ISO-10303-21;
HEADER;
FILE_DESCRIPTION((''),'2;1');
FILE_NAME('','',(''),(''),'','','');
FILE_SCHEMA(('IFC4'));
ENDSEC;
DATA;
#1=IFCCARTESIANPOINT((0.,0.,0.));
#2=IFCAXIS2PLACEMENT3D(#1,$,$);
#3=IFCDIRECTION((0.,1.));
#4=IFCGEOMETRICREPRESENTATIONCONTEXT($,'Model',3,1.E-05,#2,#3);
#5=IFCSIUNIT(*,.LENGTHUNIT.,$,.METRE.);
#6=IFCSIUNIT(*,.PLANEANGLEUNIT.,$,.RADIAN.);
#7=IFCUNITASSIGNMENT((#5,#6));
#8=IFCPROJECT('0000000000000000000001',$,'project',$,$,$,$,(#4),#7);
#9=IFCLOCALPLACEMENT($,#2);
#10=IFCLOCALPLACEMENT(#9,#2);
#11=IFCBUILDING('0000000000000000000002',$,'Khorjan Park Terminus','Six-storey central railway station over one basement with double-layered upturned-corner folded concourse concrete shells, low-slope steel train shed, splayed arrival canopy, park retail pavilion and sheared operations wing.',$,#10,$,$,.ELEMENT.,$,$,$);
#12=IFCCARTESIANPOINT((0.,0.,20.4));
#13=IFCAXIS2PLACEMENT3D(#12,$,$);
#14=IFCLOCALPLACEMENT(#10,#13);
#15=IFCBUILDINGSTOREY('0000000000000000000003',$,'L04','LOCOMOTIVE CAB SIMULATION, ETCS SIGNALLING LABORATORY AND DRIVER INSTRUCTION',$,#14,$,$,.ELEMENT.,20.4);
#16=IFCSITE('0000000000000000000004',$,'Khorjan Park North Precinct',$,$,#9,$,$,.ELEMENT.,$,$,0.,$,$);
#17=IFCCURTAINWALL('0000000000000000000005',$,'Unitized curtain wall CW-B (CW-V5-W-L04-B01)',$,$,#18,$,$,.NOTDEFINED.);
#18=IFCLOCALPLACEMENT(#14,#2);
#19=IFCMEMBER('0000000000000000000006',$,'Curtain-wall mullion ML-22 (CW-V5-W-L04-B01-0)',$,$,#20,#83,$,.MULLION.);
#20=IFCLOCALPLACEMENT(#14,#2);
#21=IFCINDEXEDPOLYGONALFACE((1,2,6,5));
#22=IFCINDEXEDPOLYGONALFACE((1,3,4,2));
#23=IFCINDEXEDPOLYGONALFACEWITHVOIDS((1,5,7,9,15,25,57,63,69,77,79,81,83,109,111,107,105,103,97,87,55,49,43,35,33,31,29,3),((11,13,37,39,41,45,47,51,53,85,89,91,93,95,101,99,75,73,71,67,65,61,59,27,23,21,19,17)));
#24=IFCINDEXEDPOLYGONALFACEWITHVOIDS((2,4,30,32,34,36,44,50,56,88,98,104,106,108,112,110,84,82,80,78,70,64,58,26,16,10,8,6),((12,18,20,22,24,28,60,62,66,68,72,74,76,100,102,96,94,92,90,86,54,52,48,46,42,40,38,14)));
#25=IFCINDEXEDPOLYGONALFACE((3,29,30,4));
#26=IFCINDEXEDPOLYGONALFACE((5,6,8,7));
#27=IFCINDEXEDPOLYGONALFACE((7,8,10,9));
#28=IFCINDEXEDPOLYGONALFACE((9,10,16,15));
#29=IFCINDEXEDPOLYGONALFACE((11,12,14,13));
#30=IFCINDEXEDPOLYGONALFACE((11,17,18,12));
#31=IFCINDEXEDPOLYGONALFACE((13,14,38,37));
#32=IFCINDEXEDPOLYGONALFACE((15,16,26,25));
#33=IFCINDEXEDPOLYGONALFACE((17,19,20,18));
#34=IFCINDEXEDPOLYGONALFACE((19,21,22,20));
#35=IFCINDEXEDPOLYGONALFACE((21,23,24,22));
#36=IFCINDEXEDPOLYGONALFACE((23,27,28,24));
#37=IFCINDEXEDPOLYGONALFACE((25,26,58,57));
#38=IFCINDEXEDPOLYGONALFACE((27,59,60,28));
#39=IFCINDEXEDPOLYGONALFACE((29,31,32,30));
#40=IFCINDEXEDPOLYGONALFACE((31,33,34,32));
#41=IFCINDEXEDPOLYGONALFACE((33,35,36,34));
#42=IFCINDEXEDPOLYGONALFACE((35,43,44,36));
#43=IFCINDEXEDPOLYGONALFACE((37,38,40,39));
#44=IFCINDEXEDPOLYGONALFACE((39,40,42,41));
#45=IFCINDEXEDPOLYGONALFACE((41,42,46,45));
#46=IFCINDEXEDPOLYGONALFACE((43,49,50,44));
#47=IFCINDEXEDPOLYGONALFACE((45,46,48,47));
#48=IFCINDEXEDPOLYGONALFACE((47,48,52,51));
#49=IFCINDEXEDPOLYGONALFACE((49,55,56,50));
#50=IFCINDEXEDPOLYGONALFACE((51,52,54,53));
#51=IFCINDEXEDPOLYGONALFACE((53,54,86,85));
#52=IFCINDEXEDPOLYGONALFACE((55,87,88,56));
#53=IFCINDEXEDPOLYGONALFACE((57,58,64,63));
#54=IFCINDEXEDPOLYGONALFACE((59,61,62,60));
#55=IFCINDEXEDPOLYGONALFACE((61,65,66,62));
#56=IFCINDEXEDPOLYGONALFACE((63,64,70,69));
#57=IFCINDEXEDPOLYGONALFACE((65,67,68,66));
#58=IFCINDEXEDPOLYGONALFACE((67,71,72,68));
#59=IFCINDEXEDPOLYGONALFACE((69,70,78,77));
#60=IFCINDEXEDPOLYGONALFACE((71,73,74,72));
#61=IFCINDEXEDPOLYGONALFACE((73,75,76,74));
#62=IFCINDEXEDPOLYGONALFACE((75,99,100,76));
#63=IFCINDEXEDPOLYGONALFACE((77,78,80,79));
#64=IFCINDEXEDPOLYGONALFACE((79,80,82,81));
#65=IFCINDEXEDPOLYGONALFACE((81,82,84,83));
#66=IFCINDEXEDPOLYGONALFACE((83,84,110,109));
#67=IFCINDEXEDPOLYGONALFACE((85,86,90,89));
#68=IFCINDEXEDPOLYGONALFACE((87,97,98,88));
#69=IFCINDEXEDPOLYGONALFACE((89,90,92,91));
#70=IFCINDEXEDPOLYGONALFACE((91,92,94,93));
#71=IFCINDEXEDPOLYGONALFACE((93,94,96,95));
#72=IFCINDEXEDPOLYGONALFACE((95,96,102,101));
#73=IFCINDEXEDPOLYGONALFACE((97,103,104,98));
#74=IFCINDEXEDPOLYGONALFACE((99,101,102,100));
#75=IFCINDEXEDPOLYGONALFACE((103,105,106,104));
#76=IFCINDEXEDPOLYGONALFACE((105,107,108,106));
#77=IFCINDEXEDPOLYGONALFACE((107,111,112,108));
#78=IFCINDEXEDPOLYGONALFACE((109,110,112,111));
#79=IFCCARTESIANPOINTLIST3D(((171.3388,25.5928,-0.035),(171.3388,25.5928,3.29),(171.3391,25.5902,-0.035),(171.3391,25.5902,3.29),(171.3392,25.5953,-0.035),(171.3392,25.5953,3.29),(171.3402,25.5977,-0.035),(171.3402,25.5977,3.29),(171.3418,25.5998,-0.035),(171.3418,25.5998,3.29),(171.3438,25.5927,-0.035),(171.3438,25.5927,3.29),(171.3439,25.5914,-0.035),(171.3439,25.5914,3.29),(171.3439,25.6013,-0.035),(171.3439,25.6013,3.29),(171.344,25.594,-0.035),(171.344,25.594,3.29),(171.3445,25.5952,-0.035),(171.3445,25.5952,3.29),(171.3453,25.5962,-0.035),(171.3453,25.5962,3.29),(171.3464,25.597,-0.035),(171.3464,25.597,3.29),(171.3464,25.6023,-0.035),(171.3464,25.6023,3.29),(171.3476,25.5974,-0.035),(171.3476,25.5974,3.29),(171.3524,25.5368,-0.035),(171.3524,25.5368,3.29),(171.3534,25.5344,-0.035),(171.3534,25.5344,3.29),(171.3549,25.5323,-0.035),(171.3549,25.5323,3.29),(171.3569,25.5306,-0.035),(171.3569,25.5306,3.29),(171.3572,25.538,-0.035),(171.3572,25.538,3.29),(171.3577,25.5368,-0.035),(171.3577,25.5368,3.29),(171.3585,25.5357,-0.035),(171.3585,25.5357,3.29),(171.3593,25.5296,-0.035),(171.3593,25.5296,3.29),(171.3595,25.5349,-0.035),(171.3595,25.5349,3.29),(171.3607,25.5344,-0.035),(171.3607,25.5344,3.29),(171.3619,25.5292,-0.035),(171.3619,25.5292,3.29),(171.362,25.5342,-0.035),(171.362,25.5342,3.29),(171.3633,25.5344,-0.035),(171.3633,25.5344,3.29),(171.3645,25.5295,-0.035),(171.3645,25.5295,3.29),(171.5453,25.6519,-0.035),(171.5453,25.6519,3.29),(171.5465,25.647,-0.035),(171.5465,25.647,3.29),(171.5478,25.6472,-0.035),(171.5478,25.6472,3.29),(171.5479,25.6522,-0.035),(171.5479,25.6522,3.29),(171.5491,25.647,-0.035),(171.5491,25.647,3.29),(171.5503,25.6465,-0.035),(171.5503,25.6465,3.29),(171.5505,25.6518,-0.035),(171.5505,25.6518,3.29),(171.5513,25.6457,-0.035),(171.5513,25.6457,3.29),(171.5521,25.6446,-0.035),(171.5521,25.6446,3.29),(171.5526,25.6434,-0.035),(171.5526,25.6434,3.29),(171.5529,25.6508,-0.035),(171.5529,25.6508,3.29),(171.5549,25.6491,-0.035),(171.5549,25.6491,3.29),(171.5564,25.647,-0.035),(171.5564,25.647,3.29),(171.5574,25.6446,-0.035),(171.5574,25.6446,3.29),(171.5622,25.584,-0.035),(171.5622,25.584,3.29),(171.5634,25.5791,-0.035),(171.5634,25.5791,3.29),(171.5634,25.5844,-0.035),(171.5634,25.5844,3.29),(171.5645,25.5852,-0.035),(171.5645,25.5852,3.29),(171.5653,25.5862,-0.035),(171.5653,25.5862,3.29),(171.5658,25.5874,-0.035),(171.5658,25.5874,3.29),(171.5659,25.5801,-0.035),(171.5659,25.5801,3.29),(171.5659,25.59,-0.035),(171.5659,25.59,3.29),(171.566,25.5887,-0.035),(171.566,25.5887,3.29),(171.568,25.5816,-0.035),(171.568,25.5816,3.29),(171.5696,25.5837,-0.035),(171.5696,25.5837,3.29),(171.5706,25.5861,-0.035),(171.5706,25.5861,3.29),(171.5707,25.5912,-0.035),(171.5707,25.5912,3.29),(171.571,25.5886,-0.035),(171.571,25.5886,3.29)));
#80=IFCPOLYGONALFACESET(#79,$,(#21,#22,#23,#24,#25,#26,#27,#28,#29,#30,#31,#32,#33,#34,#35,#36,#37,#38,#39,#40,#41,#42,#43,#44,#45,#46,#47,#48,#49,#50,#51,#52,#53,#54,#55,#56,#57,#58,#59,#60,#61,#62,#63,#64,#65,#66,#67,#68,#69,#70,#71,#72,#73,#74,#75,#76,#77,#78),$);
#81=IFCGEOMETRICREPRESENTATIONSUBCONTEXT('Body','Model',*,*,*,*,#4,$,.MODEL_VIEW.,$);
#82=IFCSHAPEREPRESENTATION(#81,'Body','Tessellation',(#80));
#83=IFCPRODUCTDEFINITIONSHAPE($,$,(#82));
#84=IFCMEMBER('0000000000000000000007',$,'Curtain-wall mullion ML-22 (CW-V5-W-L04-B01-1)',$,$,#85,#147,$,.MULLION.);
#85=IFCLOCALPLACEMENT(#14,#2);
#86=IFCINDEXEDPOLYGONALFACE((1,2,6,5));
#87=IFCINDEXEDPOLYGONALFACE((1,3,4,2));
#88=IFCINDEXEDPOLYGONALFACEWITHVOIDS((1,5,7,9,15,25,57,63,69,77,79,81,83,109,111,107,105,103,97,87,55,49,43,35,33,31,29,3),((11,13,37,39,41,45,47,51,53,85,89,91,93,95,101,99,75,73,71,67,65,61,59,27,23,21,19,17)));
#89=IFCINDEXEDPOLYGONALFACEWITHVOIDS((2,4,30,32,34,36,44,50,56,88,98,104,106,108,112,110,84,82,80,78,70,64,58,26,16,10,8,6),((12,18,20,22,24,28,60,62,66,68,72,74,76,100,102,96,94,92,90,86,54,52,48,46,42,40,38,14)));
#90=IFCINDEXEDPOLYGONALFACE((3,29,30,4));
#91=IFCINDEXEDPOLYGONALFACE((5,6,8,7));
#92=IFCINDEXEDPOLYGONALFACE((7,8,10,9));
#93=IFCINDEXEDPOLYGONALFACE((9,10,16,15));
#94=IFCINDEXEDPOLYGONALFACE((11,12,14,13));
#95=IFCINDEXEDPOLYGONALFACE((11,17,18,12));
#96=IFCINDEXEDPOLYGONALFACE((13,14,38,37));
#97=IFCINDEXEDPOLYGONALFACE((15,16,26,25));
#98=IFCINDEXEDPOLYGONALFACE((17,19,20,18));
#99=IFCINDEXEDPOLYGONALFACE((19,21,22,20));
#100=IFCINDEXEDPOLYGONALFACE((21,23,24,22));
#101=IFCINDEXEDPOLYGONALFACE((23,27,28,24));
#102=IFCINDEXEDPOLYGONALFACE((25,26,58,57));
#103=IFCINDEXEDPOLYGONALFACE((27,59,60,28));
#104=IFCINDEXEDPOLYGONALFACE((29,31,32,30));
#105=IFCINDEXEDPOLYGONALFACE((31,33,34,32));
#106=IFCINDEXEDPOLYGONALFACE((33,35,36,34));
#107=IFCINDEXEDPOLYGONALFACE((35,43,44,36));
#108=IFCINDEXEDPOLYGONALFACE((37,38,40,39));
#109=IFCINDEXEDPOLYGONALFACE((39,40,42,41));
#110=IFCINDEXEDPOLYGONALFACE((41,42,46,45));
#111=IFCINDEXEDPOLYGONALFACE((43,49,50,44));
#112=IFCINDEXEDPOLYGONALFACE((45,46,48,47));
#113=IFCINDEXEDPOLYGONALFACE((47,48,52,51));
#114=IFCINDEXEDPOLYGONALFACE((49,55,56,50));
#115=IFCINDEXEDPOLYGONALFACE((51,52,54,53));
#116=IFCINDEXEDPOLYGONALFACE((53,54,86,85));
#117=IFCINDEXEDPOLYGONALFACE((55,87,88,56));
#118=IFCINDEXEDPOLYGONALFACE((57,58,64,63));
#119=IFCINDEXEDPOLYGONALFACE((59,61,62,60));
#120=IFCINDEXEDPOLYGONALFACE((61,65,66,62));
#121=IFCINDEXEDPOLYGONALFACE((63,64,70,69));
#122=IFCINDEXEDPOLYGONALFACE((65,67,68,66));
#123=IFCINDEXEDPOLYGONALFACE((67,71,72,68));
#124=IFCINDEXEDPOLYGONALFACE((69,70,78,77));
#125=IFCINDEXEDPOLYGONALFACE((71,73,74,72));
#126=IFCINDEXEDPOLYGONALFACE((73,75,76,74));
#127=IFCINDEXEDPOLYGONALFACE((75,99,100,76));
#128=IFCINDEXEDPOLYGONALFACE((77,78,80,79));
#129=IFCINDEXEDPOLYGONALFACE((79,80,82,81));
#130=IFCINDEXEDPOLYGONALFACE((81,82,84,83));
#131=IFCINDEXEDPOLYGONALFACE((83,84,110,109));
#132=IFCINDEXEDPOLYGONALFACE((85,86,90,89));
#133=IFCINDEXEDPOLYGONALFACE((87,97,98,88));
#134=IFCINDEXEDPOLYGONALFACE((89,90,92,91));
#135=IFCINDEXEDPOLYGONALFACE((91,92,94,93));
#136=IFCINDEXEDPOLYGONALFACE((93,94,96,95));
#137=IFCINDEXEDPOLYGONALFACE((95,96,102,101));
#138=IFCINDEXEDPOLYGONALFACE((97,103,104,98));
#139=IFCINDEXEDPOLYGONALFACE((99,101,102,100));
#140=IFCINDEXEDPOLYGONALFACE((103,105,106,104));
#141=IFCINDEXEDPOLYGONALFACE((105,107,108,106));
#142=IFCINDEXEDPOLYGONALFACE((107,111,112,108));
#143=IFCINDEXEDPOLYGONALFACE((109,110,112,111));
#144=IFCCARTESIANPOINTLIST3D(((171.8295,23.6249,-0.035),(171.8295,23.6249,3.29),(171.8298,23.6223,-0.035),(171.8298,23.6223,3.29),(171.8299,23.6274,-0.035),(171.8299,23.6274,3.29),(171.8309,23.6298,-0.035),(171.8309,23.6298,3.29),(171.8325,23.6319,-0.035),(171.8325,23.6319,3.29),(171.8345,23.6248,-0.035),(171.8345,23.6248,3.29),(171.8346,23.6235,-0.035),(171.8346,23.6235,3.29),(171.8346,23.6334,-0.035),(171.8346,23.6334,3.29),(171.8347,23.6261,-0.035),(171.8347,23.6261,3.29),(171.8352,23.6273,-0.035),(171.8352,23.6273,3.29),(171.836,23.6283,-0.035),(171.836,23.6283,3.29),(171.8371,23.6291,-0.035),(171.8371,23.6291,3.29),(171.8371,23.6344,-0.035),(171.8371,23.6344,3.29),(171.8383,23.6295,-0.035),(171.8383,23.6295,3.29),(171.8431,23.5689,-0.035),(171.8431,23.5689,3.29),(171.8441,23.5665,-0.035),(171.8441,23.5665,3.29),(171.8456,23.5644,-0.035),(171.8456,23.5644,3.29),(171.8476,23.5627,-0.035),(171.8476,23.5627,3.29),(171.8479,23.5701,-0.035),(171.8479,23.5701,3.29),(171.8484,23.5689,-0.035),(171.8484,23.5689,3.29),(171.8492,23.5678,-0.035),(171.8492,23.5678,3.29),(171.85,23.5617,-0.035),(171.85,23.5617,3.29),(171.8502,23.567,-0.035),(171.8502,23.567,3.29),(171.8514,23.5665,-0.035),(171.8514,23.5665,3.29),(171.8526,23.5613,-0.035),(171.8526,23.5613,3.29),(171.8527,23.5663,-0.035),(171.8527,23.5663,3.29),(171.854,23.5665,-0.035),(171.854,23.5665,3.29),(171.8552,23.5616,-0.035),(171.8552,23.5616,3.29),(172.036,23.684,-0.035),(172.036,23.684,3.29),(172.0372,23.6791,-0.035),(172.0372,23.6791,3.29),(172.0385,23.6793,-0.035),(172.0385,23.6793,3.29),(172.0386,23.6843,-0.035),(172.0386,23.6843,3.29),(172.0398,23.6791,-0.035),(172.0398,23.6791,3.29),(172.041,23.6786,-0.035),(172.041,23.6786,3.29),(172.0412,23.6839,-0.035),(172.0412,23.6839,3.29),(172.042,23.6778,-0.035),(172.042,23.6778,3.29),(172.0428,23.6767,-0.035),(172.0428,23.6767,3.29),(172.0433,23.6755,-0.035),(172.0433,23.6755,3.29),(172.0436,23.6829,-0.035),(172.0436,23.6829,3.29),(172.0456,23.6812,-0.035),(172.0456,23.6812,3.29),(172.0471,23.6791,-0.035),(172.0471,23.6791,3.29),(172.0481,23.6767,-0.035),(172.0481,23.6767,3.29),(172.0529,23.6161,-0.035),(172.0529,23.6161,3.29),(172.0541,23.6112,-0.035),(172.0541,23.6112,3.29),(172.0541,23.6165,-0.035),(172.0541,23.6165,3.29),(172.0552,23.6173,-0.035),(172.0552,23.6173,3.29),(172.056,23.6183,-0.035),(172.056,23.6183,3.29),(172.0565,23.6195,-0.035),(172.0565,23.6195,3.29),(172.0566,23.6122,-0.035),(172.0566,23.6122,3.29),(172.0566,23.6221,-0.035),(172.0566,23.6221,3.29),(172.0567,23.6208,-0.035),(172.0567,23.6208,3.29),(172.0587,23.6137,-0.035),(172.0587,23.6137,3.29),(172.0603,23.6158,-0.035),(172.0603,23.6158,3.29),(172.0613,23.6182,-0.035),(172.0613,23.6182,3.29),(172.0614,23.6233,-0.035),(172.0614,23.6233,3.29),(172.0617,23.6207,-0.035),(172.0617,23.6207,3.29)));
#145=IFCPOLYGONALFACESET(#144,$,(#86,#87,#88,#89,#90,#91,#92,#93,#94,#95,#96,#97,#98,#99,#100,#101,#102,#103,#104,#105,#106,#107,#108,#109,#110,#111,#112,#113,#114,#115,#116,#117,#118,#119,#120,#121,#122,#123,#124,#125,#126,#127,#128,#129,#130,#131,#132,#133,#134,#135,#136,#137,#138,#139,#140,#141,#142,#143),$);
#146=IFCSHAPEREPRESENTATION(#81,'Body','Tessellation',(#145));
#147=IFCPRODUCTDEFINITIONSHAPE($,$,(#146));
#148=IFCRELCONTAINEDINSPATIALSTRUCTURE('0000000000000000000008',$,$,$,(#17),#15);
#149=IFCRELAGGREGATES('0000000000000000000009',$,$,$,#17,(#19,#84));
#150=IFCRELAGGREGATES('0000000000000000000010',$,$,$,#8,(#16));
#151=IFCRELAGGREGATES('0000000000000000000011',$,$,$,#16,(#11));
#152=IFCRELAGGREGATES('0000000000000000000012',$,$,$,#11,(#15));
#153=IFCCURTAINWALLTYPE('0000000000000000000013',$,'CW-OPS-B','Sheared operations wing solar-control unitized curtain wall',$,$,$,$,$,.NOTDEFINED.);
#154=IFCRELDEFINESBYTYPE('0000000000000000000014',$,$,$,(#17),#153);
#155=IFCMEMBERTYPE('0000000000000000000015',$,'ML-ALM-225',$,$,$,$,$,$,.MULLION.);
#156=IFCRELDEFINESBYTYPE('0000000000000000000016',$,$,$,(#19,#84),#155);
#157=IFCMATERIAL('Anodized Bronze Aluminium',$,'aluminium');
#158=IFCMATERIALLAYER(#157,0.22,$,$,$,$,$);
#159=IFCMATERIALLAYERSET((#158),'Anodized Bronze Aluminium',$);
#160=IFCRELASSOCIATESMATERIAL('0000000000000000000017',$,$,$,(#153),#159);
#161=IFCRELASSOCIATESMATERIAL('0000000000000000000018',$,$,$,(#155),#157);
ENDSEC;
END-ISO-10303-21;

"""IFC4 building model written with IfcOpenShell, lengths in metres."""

from ifc_helpers import new_model, si_unit, direction, frame, origin, origin_2d, place, context, subcontext, project, spatial, hollow_rectangle, extrude, material, layer, layer_set, material_profile, profile_set, type_object, element, aggregate, save


model = new_model("IFC4")

# Units and contexts
model_context = context("Model", 3, precision=1e-05, world=origin(), true_north=direction((0.0, 1.0)))
body_context = subcontext(model_context, "Body", "Model", "MODEL_VIEW")
ifc_project = project(units=[si_unit("LENGTHUNIT", "METRE"), si_unit("PLANEANGLEUNIT", "RADIAN")], contexts=[model_context])

# Site, building, storey
site_placement = place(None, origin())
site = spatial("IfcSite", under=ifc_project, at=site_placement, Name="Khorjan Park North Precinct", CompositionType="ELEMENT", RefElevation=0.0)
building_placement = place(site_placement, origin())
building = spatial("IfcBuilding", under=site, at=building_placement, Name="Khorjan Park Terminus", Description="Six-storey central railway station over one basement with double-layered upturned-corner folded concourse concrete shells, low-slope steel train shed, splayed arrival canopy, park retail pavilion and sheared operations wing.", CompositionType="ELEMENT")
storey_placement = place(building_placement, frame((0.0, 0.0, 20.4)))
storey = spatial("IfcBuildingStorey", under=building, at=storey_placement, Name="L04", Description="LOCOMOTIVE CAB SIMULATION, ETCS SIGNALLING LABORATORY AND DRIVER INSTRUCTION", CompositionType="ELEMENT", Elevation=20.4)

# Shared definitions
ifc_material_1 = material(Name="Anodized Bronze Aluminium", Category="aluminium")
ifc_layer_1 = layer(ifc_material_1, 0.22)
ifc_layer_set_1 = layer_set([ifc_layer_1], Name="Anodized Bronze Aluminium")
curtain_wall_type = type_object("IfcCurtainWallType", Name="CW-OPS-B", Description="Sheared operations wing solar-control unitized curtain wall", PredefinedType="NOTDEFINED", material=ifc_layer_set_1)
ifc_material_profile_1 = material_profile(ifc_material_1, hollow_rectangle(XDim=0.075, YDim=0.225, WallThickness=0.005, InnerFilletRadius=0.005, OuterFilletRadius=0.01, at=origin_2d()), Name="ALM 75x225x5")
ifc_profile_set_1 = profile_set([ifc_material_profile_1], Name="Anodized Bronze Aluminium")
member_type_1 = type_object("IfcMemberType", Name="ML-ALM-225", PredefinedType="MULLION", material=ifc_profile_set_1)

# Curtain wall, members
curtain_wall_1_placement = place(storey_placement, origin())
curtain_wall_1 = element("IfcCurtainWall", 1, at=curtain_wall_1_placement, inside=storey, type_object=curtain_wall_type, Name="Unitized curtain wall CW-B (CW-V5-W-L04-B01)", PredefinedType="NOTDEFINED")
member_1_placement = place(storey_placement, frame((171.4549, 25.5907, -0.035), z_axis=(0.0, 0.0, 1.0), x_axis=(0.241928, -0.970294, 0.0)))
member_1 = element("IfcMember", 2, at=member_1_placement, type_object=member_type_1, Name="Curtain-wall mullion ML-22 (CW-V5-W-L04-B01-0)", PredefinedType="MULLION", context=body_context, shape_type="SweptSolid", body=[
    extrude(hollow_rectangle(XDim=0.075, YDim=0.225, WallThickness=0.005, InnerFilletRadius=0.005, OuterFilletRadius=0.01, at=origin_2d()), origin(), (0.0, 0.0, 1.0), 3.325),
])
member_2_placement = place(storey_placement, frame((171.9456, 23.6228, -0.035), z_axis=(0.0, 0.0, 1.0), x_axis=(0.241928, -0.970294, 0.0)))
member_2 = element("IfcMember", 3, at=member_2_placement, type_object=member_type_1, Name="Curtain-wall mullion ML-22 (CW-V5-W-L04-B01-1)", PredefinedType="MULLION", context=body_context, shape_type="SweptSolid", body=[
    extrude(hollow_rectangle(XDim=0.075, YDim=0.225, WallThickness=0.005, InnerFilletRadius=0.005, OuterFilletRadius=0.01, at=origin_2d()), origin(), (0.0, 0.0, 1.0), 3.325),
])

aggregate(curtain_wall_1, [member_1, member_2])

save(model, "model.ifc")
